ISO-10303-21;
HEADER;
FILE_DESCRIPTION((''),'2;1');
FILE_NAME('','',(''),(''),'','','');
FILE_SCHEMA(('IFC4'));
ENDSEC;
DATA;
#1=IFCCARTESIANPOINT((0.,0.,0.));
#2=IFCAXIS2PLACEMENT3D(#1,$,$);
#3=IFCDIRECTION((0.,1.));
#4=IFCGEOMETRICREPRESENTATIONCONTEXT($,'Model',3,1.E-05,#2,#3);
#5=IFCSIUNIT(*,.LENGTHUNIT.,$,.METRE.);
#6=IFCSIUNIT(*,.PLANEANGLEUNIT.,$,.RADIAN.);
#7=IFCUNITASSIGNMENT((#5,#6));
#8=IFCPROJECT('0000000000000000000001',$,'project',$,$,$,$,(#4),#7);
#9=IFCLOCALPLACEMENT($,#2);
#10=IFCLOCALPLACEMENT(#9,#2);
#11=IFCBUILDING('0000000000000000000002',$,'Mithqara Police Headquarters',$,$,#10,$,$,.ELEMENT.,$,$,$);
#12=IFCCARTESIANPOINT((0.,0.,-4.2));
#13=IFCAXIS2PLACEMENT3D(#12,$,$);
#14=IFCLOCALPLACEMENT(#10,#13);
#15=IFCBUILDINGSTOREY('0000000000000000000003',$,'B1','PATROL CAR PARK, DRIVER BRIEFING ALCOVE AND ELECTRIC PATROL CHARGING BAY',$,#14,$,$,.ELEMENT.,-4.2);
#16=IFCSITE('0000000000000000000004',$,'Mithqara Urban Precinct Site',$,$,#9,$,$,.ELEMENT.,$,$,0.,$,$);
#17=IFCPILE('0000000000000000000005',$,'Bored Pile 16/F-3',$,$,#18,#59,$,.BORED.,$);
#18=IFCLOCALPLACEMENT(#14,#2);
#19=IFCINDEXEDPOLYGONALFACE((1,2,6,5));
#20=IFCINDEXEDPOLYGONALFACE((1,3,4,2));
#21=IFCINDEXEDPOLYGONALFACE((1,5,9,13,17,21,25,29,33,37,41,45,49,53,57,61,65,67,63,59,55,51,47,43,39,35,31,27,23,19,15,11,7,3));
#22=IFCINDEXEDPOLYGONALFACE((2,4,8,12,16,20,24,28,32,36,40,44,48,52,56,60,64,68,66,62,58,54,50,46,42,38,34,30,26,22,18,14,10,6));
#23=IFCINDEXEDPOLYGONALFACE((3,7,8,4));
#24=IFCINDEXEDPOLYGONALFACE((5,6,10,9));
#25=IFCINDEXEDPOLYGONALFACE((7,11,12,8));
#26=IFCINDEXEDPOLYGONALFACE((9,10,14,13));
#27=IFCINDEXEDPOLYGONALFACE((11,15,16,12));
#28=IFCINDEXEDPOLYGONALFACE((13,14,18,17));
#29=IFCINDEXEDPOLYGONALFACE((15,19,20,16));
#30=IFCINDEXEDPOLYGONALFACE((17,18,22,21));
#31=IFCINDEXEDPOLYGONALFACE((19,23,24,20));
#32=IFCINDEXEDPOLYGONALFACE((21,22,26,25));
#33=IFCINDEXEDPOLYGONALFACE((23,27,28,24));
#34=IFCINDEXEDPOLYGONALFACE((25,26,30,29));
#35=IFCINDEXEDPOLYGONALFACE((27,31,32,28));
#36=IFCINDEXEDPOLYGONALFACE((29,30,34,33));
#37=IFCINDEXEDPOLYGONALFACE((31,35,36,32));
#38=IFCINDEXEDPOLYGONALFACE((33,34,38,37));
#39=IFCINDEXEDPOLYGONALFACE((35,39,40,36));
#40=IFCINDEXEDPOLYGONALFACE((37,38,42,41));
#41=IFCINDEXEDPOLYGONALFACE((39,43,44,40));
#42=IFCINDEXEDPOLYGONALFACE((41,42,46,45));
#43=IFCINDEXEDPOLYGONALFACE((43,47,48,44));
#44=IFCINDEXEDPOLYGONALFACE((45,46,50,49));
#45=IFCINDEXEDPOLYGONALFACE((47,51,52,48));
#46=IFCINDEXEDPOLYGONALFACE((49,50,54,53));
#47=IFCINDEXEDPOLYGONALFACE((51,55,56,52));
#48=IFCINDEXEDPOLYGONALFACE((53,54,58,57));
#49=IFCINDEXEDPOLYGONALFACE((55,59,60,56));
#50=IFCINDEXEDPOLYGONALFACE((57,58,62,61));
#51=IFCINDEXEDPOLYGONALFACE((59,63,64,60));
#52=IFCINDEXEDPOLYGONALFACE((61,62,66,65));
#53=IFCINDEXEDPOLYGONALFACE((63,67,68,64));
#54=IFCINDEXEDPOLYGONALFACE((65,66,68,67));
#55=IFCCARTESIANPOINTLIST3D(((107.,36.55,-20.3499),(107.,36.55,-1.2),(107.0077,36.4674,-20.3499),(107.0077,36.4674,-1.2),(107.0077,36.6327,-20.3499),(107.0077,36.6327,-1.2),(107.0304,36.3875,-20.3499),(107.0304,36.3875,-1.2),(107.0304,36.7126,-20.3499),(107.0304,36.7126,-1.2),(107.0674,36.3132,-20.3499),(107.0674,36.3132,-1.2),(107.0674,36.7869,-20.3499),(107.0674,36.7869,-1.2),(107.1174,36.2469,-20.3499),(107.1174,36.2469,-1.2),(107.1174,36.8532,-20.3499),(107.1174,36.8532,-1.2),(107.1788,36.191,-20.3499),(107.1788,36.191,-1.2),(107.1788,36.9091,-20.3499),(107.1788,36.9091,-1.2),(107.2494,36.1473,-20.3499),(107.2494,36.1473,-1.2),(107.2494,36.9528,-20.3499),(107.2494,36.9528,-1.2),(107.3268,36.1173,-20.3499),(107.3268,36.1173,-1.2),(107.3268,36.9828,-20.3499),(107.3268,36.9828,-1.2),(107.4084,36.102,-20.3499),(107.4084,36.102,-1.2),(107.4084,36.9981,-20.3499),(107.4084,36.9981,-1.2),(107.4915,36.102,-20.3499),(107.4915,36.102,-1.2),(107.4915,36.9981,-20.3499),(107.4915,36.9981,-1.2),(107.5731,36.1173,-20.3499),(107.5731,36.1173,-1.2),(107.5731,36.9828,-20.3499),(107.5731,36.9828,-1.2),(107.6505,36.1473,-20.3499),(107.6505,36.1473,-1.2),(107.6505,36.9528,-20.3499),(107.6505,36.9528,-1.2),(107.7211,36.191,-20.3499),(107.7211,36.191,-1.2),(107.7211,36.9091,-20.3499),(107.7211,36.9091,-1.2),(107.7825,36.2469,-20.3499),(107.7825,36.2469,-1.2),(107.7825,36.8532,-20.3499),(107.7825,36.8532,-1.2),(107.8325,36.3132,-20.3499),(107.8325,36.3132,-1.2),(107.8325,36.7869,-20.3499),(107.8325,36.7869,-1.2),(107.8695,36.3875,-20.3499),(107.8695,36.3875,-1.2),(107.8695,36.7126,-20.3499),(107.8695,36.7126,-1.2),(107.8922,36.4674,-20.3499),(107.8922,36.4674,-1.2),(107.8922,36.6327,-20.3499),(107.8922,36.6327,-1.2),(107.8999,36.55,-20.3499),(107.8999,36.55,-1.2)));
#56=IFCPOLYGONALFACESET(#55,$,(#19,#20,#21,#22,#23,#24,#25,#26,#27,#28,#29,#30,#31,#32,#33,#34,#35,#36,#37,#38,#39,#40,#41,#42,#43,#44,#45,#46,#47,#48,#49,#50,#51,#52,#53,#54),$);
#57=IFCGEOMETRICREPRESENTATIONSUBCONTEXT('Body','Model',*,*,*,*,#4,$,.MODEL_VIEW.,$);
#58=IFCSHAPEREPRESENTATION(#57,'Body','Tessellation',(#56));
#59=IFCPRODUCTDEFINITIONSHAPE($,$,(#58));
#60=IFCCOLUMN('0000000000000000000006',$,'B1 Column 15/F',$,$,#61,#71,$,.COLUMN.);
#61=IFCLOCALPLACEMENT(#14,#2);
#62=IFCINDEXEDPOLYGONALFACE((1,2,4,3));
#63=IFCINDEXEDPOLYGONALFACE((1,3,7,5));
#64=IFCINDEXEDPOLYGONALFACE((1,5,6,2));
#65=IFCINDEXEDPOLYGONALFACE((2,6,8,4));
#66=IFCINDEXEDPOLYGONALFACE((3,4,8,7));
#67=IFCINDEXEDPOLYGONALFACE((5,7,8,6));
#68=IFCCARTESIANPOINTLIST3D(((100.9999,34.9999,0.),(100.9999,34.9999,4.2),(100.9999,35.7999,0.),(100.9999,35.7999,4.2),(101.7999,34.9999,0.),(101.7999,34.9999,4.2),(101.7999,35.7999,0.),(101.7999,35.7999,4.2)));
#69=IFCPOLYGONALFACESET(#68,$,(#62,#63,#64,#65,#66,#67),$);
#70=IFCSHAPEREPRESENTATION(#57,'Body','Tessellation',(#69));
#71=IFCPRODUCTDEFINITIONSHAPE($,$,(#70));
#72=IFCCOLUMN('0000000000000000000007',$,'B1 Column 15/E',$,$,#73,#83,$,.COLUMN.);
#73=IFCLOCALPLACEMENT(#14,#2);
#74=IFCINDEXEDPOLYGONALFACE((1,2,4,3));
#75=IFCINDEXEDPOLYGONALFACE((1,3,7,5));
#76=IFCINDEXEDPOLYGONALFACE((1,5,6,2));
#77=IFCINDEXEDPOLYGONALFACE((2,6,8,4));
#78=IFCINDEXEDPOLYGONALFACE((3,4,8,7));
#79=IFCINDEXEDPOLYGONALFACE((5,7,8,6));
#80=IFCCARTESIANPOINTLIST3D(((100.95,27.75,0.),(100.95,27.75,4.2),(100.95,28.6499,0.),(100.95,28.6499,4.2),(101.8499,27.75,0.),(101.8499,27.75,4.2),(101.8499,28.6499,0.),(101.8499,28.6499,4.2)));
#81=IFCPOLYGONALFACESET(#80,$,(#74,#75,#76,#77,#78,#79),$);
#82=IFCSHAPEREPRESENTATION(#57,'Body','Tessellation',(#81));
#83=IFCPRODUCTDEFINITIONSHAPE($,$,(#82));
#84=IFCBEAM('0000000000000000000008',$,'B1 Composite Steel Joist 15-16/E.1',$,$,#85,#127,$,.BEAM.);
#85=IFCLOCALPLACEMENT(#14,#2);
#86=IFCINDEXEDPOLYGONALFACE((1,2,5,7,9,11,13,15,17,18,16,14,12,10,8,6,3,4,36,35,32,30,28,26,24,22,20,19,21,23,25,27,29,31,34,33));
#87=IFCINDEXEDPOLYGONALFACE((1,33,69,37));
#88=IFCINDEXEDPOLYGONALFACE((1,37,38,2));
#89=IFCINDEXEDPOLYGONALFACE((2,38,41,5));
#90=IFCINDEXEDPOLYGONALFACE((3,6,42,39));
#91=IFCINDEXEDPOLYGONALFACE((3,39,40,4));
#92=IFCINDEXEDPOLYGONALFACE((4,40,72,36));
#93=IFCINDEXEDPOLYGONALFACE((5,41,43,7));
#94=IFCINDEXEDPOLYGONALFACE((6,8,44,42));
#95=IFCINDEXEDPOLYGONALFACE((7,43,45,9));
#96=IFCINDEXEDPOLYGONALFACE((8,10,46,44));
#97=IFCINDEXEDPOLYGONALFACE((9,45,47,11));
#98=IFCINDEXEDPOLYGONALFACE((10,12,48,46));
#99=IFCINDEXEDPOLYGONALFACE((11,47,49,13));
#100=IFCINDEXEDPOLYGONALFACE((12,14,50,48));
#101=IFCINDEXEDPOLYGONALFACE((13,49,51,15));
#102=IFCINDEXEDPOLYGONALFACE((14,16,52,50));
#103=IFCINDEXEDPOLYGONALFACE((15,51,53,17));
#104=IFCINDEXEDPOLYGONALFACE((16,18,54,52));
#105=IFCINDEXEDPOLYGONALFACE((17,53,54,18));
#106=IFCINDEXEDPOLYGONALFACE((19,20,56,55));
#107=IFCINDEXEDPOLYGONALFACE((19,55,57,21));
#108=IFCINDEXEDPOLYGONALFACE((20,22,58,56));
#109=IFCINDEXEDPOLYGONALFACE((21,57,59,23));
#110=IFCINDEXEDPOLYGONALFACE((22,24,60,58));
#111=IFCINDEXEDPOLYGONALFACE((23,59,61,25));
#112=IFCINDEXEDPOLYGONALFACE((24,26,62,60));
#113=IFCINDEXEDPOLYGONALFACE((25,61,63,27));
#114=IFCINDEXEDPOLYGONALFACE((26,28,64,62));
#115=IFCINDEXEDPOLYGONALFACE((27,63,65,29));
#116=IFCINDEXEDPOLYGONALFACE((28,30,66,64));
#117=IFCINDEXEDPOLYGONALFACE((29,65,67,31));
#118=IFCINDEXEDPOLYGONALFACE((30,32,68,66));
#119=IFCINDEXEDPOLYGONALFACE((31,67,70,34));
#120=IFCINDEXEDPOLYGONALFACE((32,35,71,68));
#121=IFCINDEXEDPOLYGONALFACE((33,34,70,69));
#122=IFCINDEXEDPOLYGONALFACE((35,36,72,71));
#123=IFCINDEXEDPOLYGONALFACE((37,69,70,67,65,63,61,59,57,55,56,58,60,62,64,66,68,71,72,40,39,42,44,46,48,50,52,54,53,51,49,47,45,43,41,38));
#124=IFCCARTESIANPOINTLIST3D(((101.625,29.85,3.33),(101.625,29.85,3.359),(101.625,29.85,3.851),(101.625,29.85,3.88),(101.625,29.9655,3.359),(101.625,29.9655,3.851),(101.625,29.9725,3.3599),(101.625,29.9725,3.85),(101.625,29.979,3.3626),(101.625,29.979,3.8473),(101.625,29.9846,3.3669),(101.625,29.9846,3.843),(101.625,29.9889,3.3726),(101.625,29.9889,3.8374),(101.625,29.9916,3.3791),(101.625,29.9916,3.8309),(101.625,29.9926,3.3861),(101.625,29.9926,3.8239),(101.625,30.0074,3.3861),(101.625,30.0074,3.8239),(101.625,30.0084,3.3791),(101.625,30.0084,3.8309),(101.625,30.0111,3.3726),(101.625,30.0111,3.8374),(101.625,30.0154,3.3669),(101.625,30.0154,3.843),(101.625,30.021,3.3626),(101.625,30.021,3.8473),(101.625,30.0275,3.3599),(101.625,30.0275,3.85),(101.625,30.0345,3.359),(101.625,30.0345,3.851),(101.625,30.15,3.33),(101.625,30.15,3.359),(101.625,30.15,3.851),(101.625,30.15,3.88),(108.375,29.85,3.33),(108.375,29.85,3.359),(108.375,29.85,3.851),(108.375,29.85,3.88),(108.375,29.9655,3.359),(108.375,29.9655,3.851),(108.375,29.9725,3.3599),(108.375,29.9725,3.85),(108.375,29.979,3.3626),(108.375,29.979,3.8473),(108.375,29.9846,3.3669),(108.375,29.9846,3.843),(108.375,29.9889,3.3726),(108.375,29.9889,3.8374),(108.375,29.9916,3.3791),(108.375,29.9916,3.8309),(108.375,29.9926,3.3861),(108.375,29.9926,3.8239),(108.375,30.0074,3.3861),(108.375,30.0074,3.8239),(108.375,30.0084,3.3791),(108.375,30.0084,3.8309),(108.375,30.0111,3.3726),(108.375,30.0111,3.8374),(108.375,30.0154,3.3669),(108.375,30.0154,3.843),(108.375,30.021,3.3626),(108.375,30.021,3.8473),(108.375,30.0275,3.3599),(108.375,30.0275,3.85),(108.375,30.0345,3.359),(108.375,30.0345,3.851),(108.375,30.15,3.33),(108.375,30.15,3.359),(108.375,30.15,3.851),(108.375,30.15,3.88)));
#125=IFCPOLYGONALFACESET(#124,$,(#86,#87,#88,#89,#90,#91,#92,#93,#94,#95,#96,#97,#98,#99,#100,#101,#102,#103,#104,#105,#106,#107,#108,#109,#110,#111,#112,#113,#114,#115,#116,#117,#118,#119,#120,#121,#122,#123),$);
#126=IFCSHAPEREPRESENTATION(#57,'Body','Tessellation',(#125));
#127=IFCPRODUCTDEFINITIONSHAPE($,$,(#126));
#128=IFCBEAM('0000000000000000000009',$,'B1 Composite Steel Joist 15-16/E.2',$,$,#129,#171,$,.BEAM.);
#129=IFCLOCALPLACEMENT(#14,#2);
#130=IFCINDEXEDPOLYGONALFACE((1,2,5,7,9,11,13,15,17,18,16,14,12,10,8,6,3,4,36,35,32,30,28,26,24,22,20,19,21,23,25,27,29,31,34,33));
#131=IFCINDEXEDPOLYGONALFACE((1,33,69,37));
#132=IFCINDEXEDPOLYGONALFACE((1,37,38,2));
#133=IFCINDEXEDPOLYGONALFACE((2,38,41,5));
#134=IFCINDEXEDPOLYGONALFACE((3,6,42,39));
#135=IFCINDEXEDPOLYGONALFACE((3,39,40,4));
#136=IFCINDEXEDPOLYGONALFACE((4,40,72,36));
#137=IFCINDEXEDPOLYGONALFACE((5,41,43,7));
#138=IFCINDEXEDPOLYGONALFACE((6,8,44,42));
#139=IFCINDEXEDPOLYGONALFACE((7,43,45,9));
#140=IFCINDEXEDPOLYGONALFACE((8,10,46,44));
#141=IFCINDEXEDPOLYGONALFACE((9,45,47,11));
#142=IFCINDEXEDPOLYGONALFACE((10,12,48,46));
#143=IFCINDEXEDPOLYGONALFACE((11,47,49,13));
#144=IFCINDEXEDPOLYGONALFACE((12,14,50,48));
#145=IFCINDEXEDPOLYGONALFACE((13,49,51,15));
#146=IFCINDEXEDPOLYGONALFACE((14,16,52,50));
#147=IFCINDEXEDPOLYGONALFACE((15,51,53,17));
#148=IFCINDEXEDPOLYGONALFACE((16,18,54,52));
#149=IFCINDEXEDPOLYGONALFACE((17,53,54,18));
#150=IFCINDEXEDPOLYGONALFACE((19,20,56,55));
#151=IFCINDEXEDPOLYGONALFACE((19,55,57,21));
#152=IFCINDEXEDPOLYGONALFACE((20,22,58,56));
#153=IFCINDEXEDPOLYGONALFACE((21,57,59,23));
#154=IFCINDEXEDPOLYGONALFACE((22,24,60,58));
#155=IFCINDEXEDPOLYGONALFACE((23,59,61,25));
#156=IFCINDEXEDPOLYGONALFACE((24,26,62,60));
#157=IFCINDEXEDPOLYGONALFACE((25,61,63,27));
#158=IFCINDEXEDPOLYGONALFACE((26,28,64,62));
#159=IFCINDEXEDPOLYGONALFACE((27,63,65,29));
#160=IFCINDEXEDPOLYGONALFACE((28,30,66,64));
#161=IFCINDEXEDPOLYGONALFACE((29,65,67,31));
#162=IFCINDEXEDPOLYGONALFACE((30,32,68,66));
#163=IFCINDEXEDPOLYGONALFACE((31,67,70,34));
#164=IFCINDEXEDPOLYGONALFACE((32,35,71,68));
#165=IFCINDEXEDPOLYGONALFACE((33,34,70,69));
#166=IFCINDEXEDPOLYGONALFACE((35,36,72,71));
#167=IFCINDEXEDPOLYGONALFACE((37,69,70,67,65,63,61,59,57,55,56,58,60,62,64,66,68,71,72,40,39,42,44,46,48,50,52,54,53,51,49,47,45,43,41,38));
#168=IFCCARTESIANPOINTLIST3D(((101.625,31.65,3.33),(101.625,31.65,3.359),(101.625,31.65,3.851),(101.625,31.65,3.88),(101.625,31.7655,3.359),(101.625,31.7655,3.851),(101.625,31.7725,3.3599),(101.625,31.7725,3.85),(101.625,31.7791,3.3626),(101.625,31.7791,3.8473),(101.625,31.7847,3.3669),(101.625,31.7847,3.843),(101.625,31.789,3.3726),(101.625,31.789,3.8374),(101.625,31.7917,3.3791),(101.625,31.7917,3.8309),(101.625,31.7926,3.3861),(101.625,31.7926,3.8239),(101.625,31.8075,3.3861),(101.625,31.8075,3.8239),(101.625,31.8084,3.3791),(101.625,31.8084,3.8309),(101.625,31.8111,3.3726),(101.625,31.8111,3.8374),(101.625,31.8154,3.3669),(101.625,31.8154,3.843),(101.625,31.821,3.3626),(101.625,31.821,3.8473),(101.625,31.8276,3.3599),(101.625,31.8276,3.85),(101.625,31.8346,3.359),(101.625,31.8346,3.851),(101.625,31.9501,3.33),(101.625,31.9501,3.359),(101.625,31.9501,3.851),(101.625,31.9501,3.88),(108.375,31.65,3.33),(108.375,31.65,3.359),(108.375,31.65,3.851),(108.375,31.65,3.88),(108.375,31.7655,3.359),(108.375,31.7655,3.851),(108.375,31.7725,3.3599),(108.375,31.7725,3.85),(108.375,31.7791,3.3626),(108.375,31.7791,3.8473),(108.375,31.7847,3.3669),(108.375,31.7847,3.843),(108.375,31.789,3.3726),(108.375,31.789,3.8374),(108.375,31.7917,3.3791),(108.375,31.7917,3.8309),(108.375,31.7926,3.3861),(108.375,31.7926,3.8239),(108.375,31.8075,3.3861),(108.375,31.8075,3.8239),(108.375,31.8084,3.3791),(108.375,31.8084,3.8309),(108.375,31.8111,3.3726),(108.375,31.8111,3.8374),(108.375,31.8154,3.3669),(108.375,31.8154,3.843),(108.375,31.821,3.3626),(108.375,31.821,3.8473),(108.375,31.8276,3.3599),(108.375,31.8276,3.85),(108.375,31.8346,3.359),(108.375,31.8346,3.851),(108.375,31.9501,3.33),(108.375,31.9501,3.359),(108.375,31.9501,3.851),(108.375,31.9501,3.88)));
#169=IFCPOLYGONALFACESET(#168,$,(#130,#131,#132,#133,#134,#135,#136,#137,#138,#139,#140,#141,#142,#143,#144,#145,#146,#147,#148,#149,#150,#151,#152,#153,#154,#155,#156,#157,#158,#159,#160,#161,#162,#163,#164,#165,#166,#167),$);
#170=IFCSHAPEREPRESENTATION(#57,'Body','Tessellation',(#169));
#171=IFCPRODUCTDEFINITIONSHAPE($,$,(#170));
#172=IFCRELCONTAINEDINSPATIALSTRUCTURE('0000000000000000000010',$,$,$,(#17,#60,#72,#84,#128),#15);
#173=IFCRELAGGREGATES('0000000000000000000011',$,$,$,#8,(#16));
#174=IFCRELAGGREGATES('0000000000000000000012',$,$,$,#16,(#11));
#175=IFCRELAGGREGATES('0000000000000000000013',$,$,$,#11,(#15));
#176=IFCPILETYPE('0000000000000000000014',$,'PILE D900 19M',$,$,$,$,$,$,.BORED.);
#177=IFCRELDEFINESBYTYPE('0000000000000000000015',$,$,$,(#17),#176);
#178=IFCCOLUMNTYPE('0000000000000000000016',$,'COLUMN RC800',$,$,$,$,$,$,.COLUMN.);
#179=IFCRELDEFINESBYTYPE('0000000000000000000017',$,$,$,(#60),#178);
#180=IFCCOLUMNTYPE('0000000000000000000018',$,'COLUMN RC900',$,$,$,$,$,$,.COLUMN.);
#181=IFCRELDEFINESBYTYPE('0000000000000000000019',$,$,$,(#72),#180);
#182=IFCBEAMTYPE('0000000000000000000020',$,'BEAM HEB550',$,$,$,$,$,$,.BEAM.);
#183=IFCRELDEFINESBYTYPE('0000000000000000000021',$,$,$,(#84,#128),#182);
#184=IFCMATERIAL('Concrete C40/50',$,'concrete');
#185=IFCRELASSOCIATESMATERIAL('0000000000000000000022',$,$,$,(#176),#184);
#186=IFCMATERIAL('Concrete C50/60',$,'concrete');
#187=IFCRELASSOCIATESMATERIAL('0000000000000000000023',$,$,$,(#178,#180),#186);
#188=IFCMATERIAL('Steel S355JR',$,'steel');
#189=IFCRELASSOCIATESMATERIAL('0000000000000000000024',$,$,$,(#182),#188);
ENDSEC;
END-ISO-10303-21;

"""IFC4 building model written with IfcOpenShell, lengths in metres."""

from ifc_helpers import new_model, si_unit, direction, frame, origin, origin_2d, place, context, subcontext, project, spatial, rectangle, circle, i_section, extrude, material, material_profile, profile_set, type_object, element, save


model = new_model("IFC4")

# Units and contexts
model_context = context("Model", 3, precision=1e-05, world=origin(), true_north=direction((0.0, 1.0)))
body_context = subcontext(model_context, "Body", "Model", "MODEL_VIEW")
ifc_project = project(units=[si_unit("LENGTHUNIT", "METRE"), si_unit("PLANEANGLEUNIT", "RADIAN")], contexts=[model_context])

# Site, building, storey
site_placement = place(None, origin())
site = spatial("IfcSite", under=ifc_project, at=site_placement, Name="Mithqara Urban Precinct Site", CompositionType="ELEMENT", RefElevation=0.0)
building_placement = place(site_placement, origin())
building = spatial("IfcBuilding", under=site, at=building_placement, Name="Mithqara Police Headquarters", CompositionType="ELEMENT")
storey_placement = place(building_placement, frame((0.0, 0.0, -4.2)))
storey = spatial("IfcBuildingStorey", under=building, at=storey_placement, Name="B1", Description="PATROL CAR PARK, DRIVER BRIEFING ALCOVE AND ELECTRIC PATROL CHARGING BAY", CompositionType="ELEMENT", Elevation=-4.2)

# Shared definitions
ifc_material_1 = material(Name="Concrete C40/50", Category="concrete")

# Pile
ifc_material_profile_1 = material_profile(ifc_material_1, circle(Radius=0.45, at=origin_2d()), Name="PILE D900")
ifc_profile_set_1 = profile_set([ifc_material_profile_1], Name="Concrete C40/50")
pile_type = type_object("IfcPileType", Name="PILE D900 19M", PredefinedType="BORED", material=ifc_profile_set_1)
for number, where, z_axis, x_axis, name in (
    (1, (107.45, 36.55, -1.2), (0.0, 0.0, -1.0), (1.0, 0.0, 0.0), "Bored Pile 16/F-3"),
):
    element("IfcPile", number, at=place(storey_placement, frame(where, z_axis=z_axis, x_axis=x_axis)), inside=storey, type_object=pile_type, Name=name, PredefinedType="BORED", context=body_context, shape_type="SweptSolid", body=[
        extrude(circle(Radius=0.45, at=origin_2d()), origin(), (0.0, 0.0, 1.0), 19.1499),
    ])

# Columns
ifc_material_2 = material(Name="Concrete C50/60", Category="concrete")
ifc_material_profile_2 = material_profile(ifc_material_2, rectangle(XDim=0.8, YDim=0.8, at=origin_2d()), Name="RC 800x800")
ifc_profile_set_2 = profile_set([ifc_material_profile_2], Name="Concrete C50/60")
column_type_1 = type_object("IfcColumnType", Name="COLUMN RC800", PredefinedType="COLUMN", material=ifc_profile_set_2)
column_1_placement = place(storey_placement, frame((101.3999, 35.3999, 0.0), z_axis=(0.0, 0.0, 1.0), x_axis=(1.0, 0.0, 0.0)))
element("IfcColumn", 2, at=column_1_placement, inside=storey, type_object=column_type_1, Name="B1 Column 15/F", PredefinedType="COLUMN", context=body_context, shape_type="SweptSolid", body=[
    extrude(rectangle(XDim=0.8, YDim=0.8, at=origin_2d()), origin(), (0.0, 0.0, 1.0), 4.2),
])
ifc_material_profile_3 = material_profile(ifc_material_2, rectangle(XDim=0.8999, YDim=0.8999, at=origin_2d()), Name="RC 900x900")
ifc_profile_set_3 = profile_set([ifc_material_profile_3], Name="Concrete C50/60")
column_type_2 = type_object("IfcColumnType", Name="COLUMN RC900", PredefinedType="COLUMN", material=ifc_profile_set_3)
column_2_placement = place(storey_placement, frame((101.3999, 28.2, 0.0), z_axis=(0.0, 0.0, 1.0), x_axis=(1.0, 0.0, 0.0)))
element("IfcColumn", 3, at=column_2_placement, inside=storey, type_object=column_type_2, Name="B1 Column 15/E", PredefinedType="COLUMN", context=body_context, shape_type="SweptSolid", body=[
    extrude(rectangle(XDim=0.8999, YDim=0.8999, at=origin_2d()), origin(), (0.0, 0.0, 1.0), 4.2),
])

# Beams
ifc_material_3 = material(Name="Steel S355JR", Category="steel")
ifc_material_profile_4 = material_profile(ifc_material_3, i_section(OverallWidth=0.3, OverallDepth=0.55, WebThickness=0.0149, FlangeThickness=0.0291, FilletRadius=0.0271, at=origin_2d()), Name="HEB 550")
ifc_profile_set_4 = profile_set([ifc_material_profile_4], Name="Steel S355JR")
beam_type_1 = type_object("IfcBeamType", Name="BEAM HEB550", PredefinedType="BEAM", material=ifc_profile_set_4)
for number, where, z_axis, x_axis, name in (
    (4, (101.625, 30.0, 3.605), (1.0, 0.0, 0.0), (0.0, 1.0, 0.0), "B1 Composite Steel Joist 15-16/E.1"),
    (5, (101.625, 31.8, 3.605), (1.0, 0.0, 0.0), (0.0, 1.0, 0.0), "B1 Composite Steel Joist 15-16/E.2"),
):
    element("IfcBeam", number, at=place(storey_placement, frame(where, z_axis=z_axis, x_axis=x_axis)), inside=storey, type_object=beam_type_1, Name=name, PredefinedType="BEAM", context=body_context, shape_type="SweptSolid", body=[
        extrude(i_section(OverallWidth=0.3, OverallDepth=0.55, WebThickness=0.0149, FlangeThickness=0.0291, FilletRadius=0.0271, at=origin_2d()), origin(), (0.0, 0.0, 1.0), 6.75),
    ])

save(model, "model.ifc")
